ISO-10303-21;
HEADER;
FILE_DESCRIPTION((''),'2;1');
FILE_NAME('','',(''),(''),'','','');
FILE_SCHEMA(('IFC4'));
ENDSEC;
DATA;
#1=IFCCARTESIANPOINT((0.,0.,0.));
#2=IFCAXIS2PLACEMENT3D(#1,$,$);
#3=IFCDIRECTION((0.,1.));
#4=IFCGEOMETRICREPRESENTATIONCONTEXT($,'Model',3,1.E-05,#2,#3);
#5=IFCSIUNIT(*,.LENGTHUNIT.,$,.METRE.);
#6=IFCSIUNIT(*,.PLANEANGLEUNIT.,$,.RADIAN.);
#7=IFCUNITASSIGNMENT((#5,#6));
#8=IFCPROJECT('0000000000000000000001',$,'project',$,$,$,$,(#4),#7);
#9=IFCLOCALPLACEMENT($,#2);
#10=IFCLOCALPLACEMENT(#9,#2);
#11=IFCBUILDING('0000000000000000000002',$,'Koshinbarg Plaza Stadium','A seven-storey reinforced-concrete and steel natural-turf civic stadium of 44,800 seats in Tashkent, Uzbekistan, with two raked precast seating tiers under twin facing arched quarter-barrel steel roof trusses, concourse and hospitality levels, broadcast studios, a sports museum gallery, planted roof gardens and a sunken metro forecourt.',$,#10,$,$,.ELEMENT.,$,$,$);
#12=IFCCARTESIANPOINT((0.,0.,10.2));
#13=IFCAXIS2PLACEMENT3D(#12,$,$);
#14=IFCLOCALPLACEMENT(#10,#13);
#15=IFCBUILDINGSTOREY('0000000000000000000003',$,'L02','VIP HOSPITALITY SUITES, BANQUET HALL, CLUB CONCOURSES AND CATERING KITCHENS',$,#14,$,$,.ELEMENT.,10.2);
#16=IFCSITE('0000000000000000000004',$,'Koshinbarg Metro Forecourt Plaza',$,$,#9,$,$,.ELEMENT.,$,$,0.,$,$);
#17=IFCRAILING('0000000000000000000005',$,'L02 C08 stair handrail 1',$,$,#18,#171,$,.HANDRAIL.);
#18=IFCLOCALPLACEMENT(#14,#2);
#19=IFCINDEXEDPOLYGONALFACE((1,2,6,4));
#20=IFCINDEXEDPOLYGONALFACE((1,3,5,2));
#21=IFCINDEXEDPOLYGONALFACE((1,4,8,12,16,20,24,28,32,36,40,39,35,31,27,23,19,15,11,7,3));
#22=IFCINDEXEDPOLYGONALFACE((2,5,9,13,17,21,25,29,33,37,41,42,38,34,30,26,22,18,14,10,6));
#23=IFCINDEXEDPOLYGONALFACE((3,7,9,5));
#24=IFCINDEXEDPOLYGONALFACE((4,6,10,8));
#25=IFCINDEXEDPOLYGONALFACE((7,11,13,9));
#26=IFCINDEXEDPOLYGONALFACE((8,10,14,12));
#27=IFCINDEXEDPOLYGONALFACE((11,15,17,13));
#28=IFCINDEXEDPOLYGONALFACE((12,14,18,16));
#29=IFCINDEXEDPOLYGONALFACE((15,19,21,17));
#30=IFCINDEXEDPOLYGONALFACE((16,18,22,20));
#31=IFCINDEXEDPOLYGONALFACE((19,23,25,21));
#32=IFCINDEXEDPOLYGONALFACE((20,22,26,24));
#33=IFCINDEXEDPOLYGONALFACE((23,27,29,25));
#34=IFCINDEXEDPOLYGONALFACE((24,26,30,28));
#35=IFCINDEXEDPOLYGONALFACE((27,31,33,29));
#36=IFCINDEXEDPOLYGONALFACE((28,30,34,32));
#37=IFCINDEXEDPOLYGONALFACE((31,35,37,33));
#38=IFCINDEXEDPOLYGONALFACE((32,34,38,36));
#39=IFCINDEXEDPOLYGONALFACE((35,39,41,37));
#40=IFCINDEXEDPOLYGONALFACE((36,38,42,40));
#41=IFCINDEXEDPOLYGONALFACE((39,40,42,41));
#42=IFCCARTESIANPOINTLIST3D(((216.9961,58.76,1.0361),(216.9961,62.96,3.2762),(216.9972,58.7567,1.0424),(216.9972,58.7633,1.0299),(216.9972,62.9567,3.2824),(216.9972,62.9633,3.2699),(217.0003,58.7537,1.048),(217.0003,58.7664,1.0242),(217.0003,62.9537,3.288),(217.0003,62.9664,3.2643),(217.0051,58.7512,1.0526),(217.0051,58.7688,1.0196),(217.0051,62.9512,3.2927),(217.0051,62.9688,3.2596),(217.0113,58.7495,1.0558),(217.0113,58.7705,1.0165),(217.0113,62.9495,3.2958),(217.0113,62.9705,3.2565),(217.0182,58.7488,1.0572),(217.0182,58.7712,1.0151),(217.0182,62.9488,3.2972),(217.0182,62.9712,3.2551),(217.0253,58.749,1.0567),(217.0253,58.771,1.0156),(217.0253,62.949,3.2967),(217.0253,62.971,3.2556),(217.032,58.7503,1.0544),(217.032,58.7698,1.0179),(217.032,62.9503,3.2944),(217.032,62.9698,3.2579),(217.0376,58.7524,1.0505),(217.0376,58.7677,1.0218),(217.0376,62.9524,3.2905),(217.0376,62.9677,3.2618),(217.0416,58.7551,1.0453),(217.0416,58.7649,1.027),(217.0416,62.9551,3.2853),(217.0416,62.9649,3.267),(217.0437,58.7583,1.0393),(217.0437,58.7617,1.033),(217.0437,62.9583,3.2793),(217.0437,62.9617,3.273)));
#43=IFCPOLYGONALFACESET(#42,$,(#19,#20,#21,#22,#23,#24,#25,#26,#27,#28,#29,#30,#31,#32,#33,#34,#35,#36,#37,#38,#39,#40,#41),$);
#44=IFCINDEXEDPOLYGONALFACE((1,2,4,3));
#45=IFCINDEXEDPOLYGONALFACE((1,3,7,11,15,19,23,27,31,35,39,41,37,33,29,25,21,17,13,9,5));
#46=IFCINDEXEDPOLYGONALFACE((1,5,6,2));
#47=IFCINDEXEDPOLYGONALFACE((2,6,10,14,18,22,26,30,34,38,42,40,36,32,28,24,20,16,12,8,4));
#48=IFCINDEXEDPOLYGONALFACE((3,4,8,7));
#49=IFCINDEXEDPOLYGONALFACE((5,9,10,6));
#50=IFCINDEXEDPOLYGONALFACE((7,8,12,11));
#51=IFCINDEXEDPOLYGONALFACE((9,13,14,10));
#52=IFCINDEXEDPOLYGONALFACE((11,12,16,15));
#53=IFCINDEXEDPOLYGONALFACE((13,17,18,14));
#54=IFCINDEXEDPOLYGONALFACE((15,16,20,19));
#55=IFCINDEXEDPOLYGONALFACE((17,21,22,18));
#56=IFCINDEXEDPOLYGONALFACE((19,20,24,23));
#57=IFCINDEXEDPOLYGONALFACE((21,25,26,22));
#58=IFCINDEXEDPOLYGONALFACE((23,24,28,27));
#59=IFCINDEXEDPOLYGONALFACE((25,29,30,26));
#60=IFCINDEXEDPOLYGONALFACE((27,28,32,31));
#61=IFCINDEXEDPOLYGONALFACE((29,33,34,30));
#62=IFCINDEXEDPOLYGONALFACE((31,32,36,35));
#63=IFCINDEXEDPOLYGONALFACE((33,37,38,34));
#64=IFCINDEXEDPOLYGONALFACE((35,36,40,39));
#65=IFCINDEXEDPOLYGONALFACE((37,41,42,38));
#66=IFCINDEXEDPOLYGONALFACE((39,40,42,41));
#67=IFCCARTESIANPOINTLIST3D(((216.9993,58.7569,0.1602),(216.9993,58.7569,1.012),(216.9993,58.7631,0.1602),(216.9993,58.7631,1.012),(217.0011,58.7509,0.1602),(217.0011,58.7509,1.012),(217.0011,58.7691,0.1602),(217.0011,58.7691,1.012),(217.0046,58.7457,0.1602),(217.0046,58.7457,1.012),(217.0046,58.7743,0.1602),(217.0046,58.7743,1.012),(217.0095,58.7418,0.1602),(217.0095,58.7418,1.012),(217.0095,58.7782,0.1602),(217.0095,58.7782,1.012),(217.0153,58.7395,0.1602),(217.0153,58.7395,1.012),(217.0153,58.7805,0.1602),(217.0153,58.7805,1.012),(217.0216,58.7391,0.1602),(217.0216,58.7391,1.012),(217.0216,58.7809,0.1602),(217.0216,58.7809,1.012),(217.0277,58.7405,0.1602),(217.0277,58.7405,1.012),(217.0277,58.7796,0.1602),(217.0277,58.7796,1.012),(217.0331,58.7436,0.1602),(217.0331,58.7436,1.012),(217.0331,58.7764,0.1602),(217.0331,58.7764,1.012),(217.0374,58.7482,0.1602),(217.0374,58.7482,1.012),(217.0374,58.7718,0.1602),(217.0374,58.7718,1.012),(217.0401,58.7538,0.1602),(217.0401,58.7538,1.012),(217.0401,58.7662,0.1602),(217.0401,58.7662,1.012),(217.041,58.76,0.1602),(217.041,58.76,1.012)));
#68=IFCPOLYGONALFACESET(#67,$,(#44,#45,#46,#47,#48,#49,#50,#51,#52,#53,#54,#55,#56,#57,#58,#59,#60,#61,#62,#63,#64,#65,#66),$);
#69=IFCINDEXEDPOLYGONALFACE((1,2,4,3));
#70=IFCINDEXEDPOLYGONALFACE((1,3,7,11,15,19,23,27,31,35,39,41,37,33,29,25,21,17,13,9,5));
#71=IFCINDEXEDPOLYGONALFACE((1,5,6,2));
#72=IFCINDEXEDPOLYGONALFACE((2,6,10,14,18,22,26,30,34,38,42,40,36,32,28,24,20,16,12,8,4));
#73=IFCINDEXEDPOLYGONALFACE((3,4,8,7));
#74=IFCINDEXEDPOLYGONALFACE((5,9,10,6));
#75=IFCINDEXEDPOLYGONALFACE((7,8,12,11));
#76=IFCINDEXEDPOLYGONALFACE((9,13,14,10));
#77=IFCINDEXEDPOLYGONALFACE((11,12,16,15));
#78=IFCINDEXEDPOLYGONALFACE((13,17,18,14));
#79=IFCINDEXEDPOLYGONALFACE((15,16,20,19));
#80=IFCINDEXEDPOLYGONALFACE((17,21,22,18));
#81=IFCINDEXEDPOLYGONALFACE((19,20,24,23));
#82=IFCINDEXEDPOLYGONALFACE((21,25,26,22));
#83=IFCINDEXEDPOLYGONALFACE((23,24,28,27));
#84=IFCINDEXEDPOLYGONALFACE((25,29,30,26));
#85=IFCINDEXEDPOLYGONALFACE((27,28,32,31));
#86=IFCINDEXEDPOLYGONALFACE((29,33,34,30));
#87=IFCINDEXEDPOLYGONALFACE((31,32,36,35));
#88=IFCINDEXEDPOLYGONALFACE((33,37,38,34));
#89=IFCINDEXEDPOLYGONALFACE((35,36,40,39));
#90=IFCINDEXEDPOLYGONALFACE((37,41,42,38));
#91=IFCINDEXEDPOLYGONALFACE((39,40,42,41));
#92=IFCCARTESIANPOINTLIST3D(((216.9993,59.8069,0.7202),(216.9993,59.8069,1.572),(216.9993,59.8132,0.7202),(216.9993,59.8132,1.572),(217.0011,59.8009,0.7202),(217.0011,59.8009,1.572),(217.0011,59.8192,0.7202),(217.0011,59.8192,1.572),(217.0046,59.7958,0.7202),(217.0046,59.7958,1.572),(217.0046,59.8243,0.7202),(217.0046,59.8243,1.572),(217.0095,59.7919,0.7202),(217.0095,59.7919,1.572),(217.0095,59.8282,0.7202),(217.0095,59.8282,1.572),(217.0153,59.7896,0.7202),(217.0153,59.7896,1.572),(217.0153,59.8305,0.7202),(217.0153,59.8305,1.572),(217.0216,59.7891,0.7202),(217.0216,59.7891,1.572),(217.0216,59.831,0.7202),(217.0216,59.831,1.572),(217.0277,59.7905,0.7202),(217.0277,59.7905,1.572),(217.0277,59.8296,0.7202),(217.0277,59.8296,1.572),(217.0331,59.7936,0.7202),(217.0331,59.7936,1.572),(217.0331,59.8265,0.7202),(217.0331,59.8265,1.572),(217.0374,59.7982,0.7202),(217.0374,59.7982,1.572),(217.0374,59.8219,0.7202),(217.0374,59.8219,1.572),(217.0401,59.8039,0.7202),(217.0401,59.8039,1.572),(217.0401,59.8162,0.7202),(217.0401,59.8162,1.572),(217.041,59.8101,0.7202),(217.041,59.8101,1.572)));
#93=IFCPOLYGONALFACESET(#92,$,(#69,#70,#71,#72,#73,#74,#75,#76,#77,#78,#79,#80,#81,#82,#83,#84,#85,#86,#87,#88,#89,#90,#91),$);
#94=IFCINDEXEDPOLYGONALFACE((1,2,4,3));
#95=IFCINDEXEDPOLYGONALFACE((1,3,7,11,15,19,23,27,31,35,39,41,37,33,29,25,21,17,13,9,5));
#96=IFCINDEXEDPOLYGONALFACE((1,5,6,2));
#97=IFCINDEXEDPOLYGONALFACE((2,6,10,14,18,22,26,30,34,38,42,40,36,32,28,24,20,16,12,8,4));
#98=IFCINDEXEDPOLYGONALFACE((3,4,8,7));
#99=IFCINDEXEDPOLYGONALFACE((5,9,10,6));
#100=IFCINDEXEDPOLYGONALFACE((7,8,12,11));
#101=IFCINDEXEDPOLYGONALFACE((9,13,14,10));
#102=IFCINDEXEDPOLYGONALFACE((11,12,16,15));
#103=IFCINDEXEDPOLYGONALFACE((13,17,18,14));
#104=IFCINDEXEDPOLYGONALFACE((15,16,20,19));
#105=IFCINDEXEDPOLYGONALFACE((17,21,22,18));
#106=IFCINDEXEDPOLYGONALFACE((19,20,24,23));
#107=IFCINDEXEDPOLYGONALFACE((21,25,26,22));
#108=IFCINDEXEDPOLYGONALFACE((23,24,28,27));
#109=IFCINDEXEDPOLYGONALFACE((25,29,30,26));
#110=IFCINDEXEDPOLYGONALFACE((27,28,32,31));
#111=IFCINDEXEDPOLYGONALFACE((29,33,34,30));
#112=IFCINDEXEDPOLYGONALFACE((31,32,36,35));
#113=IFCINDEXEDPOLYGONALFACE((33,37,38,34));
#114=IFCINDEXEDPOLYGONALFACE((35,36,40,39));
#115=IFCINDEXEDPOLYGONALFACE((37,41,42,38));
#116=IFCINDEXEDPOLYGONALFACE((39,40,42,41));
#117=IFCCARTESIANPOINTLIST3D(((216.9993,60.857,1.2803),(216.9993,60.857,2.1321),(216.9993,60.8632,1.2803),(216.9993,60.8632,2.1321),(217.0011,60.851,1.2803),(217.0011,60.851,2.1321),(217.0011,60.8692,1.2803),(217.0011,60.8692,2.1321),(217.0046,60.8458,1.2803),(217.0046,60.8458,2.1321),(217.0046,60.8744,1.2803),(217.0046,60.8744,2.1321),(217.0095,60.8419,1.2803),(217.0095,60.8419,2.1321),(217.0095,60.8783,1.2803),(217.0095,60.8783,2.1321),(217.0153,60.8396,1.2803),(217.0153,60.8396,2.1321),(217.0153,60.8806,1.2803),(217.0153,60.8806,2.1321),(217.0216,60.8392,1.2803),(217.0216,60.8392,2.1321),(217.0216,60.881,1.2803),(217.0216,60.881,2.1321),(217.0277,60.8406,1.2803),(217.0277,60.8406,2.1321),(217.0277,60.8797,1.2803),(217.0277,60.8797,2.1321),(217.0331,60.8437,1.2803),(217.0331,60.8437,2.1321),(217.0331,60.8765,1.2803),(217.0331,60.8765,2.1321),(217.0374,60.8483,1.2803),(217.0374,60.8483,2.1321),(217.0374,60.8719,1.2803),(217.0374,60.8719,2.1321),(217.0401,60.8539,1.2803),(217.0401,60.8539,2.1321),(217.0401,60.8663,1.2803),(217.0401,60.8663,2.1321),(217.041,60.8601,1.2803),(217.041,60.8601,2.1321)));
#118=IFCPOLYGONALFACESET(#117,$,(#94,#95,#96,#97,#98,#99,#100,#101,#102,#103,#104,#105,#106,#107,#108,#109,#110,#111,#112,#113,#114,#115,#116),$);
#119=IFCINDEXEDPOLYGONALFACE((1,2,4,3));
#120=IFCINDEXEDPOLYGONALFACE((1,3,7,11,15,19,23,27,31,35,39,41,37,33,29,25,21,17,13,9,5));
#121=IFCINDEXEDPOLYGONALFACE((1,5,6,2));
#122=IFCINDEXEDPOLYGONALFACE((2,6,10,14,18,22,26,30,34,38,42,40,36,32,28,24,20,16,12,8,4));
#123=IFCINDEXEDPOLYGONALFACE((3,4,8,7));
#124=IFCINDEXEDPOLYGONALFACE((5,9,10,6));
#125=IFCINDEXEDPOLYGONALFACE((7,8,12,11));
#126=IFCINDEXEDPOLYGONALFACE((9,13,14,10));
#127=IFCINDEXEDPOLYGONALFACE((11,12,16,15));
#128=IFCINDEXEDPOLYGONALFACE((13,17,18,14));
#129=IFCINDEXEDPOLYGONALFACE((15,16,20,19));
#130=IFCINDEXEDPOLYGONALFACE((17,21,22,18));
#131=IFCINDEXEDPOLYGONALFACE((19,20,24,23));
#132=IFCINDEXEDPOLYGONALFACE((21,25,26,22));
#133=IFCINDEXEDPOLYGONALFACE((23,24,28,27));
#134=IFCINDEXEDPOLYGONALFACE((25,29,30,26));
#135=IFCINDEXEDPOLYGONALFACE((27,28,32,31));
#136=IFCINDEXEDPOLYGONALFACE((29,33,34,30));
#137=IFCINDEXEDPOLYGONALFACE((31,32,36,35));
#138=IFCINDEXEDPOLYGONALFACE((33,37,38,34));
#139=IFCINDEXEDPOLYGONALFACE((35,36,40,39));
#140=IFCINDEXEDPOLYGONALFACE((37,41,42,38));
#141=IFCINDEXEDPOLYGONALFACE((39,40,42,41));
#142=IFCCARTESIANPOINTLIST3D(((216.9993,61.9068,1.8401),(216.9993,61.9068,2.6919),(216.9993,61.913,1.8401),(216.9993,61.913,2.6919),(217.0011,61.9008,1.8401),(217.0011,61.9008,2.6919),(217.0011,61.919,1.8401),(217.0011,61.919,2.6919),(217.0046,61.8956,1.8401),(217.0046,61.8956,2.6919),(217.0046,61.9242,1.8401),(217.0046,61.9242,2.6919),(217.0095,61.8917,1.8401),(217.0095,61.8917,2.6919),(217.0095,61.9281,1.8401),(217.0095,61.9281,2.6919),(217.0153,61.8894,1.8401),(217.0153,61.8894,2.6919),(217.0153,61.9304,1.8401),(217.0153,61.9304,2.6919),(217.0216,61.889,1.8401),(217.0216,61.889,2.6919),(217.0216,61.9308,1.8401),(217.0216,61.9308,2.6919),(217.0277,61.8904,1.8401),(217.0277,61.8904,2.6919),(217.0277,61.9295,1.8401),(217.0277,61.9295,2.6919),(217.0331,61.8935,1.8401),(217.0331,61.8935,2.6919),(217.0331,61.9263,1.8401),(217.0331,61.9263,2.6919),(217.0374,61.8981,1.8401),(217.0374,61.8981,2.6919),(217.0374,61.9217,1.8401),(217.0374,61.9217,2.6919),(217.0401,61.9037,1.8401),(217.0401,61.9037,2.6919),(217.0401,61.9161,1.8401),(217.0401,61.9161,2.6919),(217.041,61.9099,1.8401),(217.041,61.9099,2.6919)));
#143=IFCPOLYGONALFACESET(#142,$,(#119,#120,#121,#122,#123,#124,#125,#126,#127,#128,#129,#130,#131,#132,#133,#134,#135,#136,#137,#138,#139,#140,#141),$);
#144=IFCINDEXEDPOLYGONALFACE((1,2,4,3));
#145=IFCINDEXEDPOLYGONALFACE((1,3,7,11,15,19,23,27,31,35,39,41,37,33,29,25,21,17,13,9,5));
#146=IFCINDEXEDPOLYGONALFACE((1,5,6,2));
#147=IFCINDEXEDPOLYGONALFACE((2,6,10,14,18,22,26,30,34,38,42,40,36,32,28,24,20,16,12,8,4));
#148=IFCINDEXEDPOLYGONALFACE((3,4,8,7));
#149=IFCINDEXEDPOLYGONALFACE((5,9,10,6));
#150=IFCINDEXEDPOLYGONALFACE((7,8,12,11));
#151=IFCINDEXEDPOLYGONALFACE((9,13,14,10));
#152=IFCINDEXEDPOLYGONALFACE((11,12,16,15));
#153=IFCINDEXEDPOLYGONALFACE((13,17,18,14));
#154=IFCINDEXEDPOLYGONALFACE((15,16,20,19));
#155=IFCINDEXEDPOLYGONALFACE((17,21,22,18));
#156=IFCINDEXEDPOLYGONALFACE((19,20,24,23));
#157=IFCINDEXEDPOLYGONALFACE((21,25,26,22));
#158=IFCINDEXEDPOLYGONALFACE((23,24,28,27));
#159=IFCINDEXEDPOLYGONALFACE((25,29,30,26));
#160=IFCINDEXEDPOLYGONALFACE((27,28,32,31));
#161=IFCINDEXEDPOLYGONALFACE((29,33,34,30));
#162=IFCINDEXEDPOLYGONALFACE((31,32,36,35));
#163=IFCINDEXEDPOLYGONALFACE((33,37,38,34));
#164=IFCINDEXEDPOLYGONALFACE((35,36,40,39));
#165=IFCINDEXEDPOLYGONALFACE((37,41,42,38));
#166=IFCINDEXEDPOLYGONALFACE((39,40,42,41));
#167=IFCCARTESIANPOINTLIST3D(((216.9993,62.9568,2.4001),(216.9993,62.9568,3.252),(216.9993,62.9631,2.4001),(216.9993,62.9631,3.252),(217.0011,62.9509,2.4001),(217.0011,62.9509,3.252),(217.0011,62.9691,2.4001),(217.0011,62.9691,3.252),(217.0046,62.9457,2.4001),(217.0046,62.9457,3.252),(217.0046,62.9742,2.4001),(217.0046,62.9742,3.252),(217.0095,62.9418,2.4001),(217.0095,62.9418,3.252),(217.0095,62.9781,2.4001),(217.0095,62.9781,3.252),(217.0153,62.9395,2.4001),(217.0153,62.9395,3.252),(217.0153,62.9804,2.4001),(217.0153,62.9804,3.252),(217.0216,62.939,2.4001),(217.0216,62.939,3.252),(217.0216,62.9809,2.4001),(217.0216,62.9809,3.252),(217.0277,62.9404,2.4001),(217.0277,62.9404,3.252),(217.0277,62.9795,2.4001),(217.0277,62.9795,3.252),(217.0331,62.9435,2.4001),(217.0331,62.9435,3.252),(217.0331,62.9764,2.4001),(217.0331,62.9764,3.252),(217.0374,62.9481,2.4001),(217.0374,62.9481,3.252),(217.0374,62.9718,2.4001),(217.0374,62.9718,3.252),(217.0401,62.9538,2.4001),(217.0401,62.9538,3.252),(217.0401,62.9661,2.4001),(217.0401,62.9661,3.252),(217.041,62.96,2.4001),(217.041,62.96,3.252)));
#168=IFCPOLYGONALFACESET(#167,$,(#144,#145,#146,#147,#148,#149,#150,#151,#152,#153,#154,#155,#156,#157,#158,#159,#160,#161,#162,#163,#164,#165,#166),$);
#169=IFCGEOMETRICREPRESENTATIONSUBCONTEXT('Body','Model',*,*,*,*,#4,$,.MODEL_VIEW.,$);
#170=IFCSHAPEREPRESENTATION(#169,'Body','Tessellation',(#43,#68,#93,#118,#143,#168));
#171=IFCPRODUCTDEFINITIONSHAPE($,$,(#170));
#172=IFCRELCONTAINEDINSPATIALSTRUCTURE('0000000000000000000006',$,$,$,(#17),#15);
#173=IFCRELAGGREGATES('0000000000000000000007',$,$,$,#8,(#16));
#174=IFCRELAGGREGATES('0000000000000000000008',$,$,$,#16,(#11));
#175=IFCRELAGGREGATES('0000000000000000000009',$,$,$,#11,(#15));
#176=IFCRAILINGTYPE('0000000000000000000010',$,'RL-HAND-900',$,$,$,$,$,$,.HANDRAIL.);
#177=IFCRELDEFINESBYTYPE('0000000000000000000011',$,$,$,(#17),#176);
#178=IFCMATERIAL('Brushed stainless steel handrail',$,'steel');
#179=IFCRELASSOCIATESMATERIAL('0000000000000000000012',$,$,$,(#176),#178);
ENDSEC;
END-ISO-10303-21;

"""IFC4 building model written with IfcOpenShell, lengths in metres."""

from ifc_helpers import new_model, si_unit, direction, frame, origin, origin_2d, place, context, subcontext, project, spatial, circle, extrude, material, type_object, element, save


model = new_model("IFC4")

# Units and contexts
model_context = context("Model", 3, precision=1e-05, world=origin(), true_north=direction((0.0, 1.0)))
body_context = subcontext(model_context, "Body", "Model", "MODEL_VIEW")
ifc_project = project(units=[si_unit("LENGTHUNIT", "METRE"), si_unit("PLANEANGLEUNIT", "RADIAN")], contexts=[model_context])

# Site, building, storey
site_placement = place(None, origin())
site = spatial("IfcSite", under=ifc_project, at=site_placement, Name="Koshinbarg Metro Forecourt Plaza", CompositionType="ELEMENT", RefElevation=0.0)
building_placement = place(site_placement, origin())
building = spatial("IfcBuilding", under=site, at=building_placement, Name="Koshinbarg Plaza Stadium", Description="A seven-storey reinforced-concrete and steel natural-turf civic stadium of 44,800 seats in Tashkent, Uzbekistan, with two raked precast seating tiers under twin facing arched quarter-barrel steel roof trusses, concourse and hospitality levels, broadcast studios, a sports museum gallery, planted roof gardens and a sunken metro forecourt.", CompositionType="ELEMENT")
storey_placement = place(building_placement, frame((0.0, 0.0, 10.2)))
storey = spatial("IfcBuildingStorey", under=building, at=storey_placement, Name="L02", Description="VIP HOSPITALITY SUITES, BANQUET HALL, CLUB CONCOURSES AND CATERING KITCHENS", CompositionType="ELEMENT", Elevation=10.2)

# Railing
ifc_material_1 = material(Name="Brushed stainless steel handrail", Category="steel")
railing_type_1 = type_object("IfcRailingType", Name="RL-HAND-900", PredefinedType="HANDRAIL", material=ifc_material_1)
railing_1_placement = place(storey_placement, frame((217.02, 58.76, 0.1602)))
element("IfcRailing", 1, at=railing_1_placement, inside=storey, type_object=railing_type_1, Name="L02 C08 stair handrail 1", PredefinedType="HANDRAIL", context=body_context, shape_type="SweptSolid", body=[
    extrude(circle(Radius=0.0239, at=origin_2d()), frame((0.0, 0.0, 0.876), z_axis=(0.0, 0.882352, 0.470591), x_axis=(-1.0, 0.0, 0.0)), (0.0, 0.0, 1.0), 4.76),
    extrude(circle(Radius=0.021, at=origin_2d()), origin(), (0.0, 0.0, 1.0), 0.8518),
    extrude(circle(Radius=0.021, at=origin_2d()), frame((0.0, 1.05, 0.5601)), (0.0, 0.0, 1.0), 0.8518),
    extrude(circle(Radius=0.021, at=origin_2d()), frame((0.0, 2.1001, 1.1201)), (0.0, 0.0, 1.0), 0.8518),
    extrude(circle(Radius=0.021, at=origin_2d()), frame((0.0, 3.1499, 1.6799)), (0.0, 0.0, 1.0), 0.8518),
    extrude(circle(Radius=0.021, at=origin_2d()), frame((0.0, 4.2, 2.24)), (0.0, 0.0, 1.0), 0.8518),
])

save(model, "model.ifc")
